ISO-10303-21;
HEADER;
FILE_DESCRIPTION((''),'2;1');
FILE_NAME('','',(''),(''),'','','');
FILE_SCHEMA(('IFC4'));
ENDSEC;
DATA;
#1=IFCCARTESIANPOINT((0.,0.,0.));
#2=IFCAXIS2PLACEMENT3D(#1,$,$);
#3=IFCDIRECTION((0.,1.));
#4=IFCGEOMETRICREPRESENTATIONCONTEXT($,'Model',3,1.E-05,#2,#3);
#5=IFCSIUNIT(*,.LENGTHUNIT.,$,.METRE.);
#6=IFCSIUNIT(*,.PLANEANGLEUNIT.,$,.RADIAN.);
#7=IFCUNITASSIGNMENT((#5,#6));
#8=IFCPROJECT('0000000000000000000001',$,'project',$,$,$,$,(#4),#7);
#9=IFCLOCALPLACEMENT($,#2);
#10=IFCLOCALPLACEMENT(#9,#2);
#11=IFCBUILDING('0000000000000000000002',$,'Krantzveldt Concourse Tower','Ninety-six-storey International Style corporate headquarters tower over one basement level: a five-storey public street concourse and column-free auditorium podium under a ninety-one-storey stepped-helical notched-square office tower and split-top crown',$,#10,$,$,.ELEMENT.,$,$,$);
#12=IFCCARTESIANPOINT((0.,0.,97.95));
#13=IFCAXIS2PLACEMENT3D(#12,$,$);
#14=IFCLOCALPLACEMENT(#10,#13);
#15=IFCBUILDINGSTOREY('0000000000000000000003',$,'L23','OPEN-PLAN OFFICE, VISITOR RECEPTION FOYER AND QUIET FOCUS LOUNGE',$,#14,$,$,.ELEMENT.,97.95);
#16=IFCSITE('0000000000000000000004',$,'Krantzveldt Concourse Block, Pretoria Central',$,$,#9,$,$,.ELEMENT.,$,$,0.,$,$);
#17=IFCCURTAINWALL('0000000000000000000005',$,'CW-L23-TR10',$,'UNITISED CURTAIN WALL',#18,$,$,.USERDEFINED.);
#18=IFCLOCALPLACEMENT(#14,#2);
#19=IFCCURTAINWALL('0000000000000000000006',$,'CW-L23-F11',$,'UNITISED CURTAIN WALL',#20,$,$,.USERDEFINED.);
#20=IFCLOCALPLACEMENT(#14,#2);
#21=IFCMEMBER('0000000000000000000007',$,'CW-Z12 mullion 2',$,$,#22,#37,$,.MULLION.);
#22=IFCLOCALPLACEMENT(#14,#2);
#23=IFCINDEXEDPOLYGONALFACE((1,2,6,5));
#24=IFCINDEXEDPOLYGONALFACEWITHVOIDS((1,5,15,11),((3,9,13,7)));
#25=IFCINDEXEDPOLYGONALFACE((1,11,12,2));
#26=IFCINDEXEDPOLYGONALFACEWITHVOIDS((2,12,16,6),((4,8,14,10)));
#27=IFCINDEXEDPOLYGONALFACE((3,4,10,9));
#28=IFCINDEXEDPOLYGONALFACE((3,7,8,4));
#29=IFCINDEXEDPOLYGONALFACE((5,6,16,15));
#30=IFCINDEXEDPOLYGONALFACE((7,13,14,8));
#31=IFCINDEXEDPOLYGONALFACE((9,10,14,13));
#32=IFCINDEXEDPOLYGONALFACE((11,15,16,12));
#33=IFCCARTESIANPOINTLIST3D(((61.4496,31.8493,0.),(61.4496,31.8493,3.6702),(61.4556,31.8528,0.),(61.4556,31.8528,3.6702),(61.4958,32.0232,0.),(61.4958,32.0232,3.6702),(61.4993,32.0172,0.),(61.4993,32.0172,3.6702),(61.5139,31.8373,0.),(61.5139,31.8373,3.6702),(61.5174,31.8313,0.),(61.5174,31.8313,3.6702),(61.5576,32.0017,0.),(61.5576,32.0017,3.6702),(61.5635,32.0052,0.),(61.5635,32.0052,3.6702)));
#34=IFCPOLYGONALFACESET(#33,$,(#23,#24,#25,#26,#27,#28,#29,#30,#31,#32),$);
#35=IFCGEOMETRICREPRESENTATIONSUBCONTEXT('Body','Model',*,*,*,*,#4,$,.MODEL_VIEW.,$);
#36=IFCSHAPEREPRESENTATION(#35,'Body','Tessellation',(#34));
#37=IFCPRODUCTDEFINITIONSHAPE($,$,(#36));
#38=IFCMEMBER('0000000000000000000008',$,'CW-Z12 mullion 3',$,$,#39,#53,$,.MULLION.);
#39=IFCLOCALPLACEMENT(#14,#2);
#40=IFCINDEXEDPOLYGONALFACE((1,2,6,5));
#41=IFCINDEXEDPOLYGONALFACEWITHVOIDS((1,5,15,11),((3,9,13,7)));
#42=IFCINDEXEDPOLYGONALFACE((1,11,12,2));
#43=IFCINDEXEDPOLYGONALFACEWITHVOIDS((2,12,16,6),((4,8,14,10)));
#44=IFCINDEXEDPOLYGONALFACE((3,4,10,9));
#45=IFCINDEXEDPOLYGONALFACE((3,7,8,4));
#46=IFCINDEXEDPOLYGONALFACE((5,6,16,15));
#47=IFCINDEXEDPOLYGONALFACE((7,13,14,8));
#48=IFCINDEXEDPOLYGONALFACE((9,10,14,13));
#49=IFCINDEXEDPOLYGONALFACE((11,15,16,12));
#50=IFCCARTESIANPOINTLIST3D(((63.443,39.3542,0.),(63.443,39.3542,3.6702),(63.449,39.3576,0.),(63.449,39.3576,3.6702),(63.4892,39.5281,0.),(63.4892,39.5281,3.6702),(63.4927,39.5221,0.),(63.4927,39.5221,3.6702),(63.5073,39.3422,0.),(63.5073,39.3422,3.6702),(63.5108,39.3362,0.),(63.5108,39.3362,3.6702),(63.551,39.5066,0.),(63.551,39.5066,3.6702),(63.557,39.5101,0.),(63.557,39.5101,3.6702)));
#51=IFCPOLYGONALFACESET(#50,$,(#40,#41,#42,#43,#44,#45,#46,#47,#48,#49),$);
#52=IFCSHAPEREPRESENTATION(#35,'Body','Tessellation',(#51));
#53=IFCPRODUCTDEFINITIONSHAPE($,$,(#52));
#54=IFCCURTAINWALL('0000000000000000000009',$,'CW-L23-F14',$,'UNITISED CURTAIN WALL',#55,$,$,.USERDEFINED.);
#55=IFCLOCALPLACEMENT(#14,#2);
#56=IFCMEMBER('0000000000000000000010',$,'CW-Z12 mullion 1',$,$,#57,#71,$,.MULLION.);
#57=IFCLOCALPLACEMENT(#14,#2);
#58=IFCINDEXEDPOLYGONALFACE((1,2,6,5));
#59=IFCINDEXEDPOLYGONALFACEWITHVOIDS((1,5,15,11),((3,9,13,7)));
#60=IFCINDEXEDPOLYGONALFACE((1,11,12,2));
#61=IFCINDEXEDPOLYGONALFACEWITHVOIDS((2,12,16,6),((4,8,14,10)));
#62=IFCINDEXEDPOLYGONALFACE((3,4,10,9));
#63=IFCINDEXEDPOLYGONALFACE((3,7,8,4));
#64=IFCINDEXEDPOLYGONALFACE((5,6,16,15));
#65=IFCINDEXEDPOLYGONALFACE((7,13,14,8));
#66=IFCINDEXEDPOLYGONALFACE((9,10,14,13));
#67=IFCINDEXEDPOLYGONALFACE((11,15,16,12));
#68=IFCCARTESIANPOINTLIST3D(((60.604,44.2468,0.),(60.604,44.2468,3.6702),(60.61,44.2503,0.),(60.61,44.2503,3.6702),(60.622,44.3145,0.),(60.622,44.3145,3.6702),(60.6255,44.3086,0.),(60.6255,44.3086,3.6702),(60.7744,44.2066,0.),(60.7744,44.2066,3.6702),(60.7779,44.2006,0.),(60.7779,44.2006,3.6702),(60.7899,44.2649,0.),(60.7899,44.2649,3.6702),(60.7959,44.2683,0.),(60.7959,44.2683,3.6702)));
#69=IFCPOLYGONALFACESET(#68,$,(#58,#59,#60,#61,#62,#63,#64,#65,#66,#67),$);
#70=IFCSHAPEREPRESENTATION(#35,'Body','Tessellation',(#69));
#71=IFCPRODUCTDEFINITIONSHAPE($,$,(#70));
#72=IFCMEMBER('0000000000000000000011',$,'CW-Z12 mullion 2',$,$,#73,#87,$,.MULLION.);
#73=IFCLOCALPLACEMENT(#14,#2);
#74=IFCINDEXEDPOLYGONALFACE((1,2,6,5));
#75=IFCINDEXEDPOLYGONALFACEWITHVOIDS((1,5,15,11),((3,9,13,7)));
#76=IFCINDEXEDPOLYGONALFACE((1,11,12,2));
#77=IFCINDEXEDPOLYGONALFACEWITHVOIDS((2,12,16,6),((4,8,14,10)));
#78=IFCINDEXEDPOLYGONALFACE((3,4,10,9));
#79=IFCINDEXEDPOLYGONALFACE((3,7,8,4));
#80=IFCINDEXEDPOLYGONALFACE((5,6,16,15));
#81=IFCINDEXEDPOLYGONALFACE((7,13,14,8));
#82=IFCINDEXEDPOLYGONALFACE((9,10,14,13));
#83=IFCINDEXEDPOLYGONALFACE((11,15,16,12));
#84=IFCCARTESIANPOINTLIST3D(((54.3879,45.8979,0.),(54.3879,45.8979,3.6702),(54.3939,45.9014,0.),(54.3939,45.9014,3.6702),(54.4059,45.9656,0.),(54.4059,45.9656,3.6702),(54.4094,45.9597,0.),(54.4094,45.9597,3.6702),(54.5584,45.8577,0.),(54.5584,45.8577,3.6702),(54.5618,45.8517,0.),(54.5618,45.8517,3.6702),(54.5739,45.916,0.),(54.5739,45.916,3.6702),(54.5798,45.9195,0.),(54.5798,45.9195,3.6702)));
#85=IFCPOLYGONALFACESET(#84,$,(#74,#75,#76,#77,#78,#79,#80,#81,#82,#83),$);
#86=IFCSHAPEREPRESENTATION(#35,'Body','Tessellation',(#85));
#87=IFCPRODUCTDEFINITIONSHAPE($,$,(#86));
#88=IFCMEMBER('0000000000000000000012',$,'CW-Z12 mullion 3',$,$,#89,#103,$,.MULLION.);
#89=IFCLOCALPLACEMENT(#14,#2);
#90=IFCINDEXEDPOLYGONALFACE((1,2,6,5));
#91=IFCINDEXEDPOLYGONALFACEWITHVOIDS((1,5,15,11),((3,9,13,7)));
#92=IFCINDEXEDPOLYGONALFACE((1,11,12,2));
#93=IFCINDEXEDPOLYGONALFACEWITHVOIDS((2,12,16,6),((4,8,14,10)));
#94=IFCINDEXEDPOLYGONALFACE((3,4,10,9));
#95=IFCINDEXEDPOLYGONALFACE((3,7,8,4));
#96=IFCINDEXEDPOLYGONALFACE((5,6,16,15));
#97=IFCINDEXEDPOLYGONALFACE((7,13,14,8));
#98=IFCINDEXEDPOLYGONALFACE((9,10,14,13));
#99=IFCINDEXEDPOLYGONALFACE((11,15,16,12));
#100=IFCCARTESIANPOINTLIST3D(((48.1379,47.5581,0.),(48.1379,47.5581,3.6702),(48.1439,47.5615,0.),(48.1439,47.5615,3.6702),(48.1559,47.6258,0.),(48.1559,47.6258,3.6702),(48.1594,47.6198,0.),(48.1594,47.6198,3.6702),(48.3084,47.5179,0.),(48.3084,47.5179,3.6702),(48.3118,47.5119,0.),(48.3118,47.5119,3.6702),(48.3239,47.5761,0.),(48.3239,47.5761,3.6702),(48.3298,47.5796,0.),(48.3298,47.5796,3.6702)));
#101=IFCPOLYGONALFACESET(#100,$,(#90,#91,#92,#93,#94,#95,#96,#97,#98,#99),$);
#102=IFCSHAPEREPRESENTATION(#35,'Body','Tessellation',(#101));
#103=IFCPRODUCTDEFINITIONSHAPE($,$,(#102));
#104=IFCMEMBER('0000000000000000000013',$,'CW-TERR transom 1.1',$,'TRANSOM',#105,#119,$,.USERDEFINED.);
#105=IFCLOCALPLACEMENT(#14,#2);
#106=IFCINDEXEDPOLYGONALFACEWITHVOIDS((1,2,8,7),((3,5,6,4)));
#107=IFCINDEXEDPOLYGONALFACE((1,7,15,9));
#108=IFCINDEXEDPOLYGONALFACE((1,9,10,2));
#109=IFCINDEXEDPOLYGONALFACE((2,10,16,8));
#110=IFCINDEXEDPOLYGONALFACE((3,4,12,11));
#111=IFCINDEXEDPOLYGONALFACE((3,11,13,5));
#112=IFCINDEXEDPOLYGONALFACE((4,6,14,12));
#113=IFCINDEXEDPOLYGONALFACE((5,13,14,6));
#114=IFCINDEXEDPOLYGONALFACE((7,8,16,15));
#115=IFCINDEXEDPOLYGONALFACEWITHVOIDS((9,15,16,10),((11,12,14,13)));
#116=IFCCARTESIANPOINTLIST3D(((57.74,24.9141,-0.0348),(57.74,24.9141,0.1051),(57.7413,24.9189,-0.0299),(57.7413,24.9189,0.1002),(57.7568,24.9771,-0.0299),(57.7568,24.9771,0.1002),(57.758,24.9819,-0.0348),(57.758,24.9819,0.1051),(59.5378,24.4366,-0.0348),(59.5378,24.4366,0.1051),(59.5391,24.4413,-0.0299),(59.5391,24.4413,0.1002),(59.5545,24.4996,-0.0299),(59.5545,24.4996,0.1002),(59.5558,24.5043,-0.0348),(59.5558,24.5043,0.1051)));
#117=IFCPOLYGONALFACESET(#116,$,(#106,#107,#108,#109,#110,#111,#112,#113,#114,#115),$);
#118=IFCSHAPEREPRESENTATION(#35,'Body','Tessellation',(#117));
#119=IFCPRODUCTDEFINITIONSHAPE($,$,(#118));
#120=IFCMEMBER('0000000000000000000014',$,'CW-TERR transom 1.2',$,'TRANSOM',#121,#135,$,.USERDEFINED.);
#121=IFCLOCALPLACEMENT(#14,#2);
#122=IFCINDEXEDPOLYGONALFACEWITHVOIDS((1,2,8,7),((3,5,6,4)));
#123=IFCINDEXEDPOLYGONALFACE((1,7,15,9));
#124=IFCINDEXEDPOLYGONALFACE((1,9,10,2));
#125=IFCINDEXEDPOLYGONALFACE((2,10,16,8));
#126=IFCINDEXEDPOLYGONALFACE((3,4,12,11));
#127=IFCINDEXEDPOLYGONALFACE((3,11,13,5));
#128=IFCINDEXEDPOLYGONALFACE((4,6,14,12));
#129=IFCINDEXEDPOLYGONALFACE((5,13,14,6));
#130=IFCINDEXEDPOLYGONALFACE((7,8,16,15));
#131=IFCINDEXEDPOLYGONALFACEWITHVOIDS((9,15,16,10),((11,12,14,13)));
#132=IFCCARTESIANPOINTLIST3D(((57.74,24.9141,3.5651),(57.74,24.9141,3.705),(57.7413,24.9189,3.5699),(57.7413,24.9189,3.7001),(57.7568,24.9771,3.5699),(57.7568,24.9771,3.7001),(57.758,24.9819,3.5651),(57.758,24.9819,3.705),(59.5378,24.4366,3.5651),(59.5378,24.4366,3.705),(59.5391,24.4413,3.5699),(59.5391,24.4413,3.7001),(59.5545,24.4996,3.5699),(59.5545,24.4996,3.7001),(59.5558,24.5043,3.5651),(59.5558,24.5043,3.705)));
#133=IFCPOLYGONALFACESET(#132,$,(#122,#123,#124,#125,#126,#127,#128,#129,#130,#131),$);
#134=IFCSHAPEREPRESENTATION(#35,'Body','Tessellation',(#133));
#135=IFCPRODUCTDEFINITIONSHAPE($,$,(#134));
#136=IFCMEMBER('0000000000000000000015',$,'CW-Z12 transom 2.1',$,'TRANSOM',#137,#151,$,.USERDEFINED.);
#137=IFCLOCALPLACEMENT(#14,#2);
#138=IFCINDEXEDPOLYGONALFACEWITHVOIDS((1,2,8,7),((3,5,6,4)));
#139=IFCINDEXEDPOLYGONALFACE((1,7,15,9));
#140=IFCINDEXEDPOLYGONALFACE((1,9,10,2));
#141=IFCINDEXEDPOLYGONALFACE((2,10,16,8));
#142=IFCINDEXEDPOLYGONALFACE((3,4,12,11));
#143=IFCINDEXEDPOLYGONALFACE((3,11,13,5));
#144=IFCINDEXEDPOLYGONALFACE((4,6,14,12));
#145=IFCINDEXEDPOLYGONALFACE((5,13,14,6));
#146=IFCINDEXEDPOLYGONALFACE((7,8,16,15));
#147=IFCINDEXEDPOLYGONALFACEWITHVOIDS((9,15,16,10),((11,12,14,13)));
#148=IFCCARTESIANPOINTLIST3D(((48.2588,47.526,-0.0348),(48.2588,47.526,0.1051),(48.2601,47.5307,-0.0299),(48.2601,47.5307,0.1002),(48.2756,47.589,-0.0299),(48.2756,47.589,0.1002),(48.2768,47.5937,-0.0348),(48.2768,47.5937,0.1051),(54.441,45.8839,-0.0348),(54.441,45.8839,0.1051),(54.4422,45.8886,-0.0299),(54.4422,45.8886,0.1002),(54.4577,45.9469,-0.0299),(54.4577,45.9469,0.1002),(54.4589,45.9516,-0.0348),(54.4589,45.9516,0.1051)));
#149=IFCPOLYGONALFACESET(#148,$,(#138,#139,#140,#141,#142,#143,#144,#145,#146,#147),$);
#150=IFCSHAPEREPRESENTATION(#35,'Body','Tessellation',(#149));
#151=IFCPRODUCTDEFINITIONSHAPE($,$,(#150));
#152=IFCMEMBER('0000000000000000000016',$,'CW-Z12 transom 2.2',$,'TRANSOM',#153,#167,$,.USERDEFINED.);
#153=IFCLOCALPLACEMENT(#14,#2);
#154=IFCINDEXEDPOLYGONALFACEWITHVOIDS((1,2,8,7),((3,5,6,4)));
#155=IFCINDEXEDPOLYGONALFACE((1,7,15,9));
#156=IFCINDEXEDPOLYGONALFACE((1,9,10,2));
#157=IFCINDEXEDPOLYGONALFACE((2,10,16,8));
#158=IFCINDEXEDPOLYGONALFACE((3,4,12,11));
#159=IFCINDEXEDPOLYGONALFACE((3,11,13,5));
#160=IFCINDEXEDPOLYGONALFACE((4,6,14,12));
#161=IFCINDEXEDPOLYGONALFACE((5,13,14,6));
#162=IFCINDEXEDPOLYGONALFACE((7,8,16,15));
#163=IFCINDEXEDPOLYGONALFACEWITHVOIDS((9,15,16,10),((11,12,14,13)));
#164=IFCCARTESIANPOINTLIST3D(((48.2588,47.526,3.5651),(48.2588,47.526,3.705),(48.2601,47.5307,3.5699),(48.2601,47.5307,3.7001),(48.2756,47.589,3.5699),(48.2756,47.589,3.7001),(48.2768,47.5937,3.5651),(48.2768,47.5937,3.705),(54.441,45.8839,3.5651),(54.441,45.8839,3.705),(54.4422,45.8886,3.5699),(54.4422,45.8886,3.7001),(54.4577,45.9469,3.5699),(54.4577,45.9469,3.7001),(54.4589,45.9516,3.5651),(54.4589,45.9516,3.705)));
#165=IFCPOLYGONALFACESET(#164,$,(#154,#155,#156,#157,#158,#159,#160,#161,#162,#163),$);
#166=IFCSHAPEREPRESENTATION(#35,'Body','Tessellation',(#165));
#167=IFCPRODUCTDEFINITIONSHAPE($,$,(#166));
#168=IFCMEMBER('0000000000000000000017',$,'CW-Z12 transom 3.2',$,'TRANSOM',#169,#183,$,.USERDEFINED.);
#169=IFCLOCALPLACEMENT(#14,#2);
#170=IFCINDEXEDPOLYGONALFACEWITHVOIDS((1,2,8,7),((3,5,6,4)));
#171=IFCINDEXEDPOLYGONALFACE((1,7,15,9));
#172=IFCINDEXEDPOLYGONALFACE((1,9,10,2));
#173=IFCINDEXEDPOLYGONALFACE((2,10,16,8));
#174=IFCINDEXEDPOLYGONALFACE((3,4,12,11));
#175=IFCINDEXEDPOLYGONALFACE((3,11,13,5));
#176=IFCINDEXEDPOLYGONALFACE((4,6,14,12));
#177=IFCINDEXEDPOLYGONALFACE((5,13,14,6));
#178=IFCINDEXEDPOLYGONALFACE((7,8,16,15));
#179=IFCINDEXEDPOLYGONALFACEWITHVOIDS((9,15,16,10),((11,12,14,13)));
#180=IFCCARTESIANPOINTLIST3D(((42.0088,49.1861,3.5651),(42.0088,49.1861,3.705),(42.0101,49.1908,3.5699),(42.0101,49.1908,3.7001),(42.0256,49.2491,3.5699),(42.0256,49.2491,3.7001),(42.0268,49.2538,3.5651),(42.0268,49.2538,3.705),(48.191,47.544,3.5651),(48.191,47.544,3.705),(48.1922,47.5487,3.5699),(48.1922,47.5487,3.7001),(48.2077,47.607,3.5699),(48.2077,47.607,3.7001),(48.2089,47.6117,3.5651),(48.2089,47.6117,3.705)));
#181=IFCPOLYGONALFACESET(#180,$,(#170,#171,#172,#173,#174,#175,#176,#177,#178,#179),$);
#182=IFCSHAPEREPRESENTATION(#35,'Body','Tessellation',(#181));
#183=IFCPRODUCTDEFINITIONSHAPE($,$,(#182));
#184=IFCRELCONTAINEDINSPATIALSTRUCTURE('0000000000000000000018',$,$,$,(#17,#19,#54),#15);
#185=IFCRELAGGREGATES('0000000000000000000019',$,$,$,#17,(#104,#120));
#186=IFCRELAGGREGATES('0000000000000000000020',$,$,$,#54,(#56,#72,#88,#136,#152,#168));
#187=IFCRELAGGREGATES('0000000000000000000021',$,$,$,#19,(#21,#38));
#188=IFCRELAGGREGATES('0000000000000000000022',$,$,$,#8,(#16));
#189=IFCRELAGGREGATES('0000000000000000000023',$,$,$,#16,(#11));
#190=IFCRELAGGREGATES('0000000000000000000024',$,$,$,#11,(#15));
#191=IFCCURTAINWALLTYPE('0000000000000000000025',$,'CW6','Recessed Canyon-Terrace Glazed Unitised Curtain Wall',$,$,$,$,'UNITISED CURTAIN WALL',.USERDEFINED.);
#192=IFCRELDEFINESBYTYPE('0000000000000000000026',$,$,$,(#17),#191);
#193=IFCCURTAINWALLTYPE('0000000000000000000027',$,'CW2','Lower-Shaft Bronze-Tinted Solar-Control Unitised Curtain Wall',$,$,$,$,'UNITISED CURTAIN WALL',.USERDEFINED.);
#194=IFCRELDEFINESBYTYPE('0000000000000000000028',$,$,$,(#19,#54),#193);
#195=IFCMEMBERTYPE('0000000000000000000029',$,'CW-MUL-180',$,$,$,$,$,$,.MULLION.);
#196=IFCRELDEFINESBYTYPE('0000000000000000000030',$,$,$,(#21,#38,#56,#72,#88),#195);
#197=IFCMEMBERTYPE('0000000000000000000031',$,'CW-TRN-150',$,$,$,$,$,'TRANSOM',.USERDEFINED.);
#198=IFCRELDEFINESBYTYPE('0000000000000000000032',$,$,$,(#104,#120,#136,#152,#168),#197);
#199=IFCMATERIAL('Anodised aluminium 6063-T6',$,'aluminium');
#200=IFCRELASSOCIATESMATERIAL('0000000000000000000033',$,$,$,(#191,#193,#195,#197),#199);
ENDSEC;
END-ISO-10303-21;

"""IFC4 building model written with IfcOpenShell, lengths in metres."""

from ifc_helpers import new_model, si_unit, direction, frame, origin, origin_2d, place, context, subcontext, project, spatial, hollow_rectangle, extrude, source, transform, mapped, material, material_profile, profile_set, type_object, type_shapes, element, aggregate, save


model = new_model("IFC4")

# Units and contexts
model_context = context("Model", 3, precision=1e-05, world=origin(), true_north=direction((0.0, 1.0)))
body_context = subcontext(model_context, "Body", "Model", "MODEL_VIEW")
ifc_project = project(units=[si_unit("LENGTHUNIT", "METRE"), si_unit("PLANEANGLEUNIT", "RADIAN")], contexts=[model_context])

# Site, building, storey
site_placement = place(None, origin())
site = spatial("IfcSite", under=ifc_project, at=site_placement, Name="Krantzveldt Concourse Block, Pretoria Central", CompositionType="ELEMENT", RefElevation=0.0)
building_placement = place(site_placement, origin())
building = spatial("IfcBuilding", under=site, at=building_placement, Name="Krantzveldt Concourse Tower", Description="Ninety-six-storey International Style corporate headquarters tower over one basement level: a five-storey public street concourse and column-free auditorium podium under a ninety-one-storey stepped-helical notched-square office tower and split-top crown", CompositionType="ELEMENT")
storey_placement = place(building_placement, frame((0.0, 0.0, 97.95)))
storey = spatial("IfcBuildingStorey", under=building, at=storey_placement, Name="L23", Description="OPEN-PLAN OFFICE, VISITOR RECEPTION FOYER AND QUIET FOCUS LOUNGE", CompositionType="ELEMENT", Elevation=97.95)

# Curtain walls, members
ifc_material_1 = material(Name="Anodised aluminium 6063-T6", Category="aluminium")
curtain_wall_type_1 = type_object("IfcCurtainWallType", Name="CW6", Description="Recessed Canyon-Terrace Glazed Unitised Curtain Wall", ElementType="UNITISED CURTAIN WALL", PredefinedType="USERDEFINED", material=ifc_material_1)
curtain_wall_1_placement = place(storey_placement, origin())
curtain_wall_1 = element("IfcCurtainWall", 1, at=curtain_wall_1_placement, inside=storey, type_object=curtain_wall_type_1, Name="CW-L23-TR10", ObjectType="UNITISED CURTAIN WALL", PredefinedType="USERDEFINED")
ifc_material_profile_1 = material_profile(ifc_material_1, hollow_rectangle(XDim=0.0701, YDim=0.1799, WallThickness=0.0049, at=origin_2d()), Name="Anodised aluminium 6063-T6", Category="aluminium")
ifc_profile_set_1 = profile_set([ifc_material_profile_1], Name="Anodised aluminium 6063-T6 - ALU-MULL 180x70x5")
member_type_1 = type_object("IfcMemberType", Name="CW-MUL-180", PredefinedType="MULLION", material=ifc_profile_set_1)
shared_shape_1 = source(origin(), body_context, "Body", "SweptSolid", [
    extrude(hollow_rectangle(XDim=0.0701, YDim=0.1799, WallThickness=0.0049, at=origin_2d()), origin(), (0.0, 0.0, 1.0), 3.6702),
])
type_shapes(member_type_1, [shared_shape_1])
curtain_wall_type_2 = type_object("IfcCurtainWallType", Name="CW2", Description="Lower-Shaft Bronze-Tinted Solar-Control Unitised Curtain Wall", ElementType="UNITISED CURTAIN WALL", PredefinedType="USERDEFINED", material=ifc_material_1)
curtain_wall_2_placement = place(storey_placement, origin())
curtain_wall_2 = element("IfcCurtainWall", 2, at=curtain_wall_2_placement, inside=storey, type_object=curtain_wall_type_2, Name="CW-L23-F11", ObjectType="UNITISED CURTAIN WALL", PredefinedType="USERDEFINED")
member_1_placement = place(storey_placement, frame((61.5066, 31.9272, 0.0), z_axis=(0.0, 0.0, 1.0), x_axis=(-0.966488, 0.256711, 0.0)))
member_1 = element("IfcMember", 3, at=member_1_placement, type_object=member_type_1, Name="CW-Z12 mullion 2", PredefinedType="MULLION", context=body_context, shape_type="MappedRepresentation", body=[
    mapped(shared_shape_1, transform((0.0, 0.0, 0.0), x_axis=(1.0, 0.0, 0.0), y_axis=(0.0, 1.0, 0.0), z_axis=(0.0, 0.0, 1.0), scale=1.0)),
])
member_2_placement = place(storey_placement, frame((63.5, 39.4321, 0.0), z_axis=(0.0, 0.0, 1.0), x_axis=(-0.966488, 0.256711, 0.0)))
member_2 = element("IfcMember", 4, at=member_2_placement, type_object=member_type_1, Name="CW-Z12 mullion 3", PredefinedType="MULLION", context=body_context, shape_type="MappedRepresentation", body=[
    mapped(shared_shape_1, transform((0.0, 0.0, 0.0), x_axis=(1.0, 0.0, 0.0), y_axis=(0.0, 1.0, 0.0), z_axis=(0.0, 0.0, 1.0), scale=1.0)),
])
curtain_wall_3_placement = place(storey_placement, origin())
curtain_wall_3 = element("IfcCurtainWall", 5, at=curtain_wall_3_placement, inside=storey, type_object=curtain_wall_type_2, Name="CW-L23-F14", ObjectType="UNITISED CURTAIN WALL", PredefinedType="USERDEFINED")
member_3_placement = place(storey_placement, frame((60.7, 44.2576, 0.0), z_axis=(0.0, 0.0, 1.0), x_axis=(-0.256711, -0.966488, 0.0)))
member_3 = element("IfcMember", 6, at=member_3_placement, type_object=member_type_1, Name="CW-Z12 mullion 1", PredefinedType="MULLION", context=body_context, shape_type="MappedRepresentation", body=[
    mapped(shared_shape_1, transform((0.0, 0.0, 0.0), x_axis=(1.0, 0.0, 0.0), y_axis=(0.0, 1.0, 0.0), z_axis=(0.0, 0.0, 1.0), scale=1.0)),
])
member_4_placement = place(storey_placement, frame((54.4839, 45.9087, 0.0), z_axis=(0.0, 0.0, 1.0), x_axis=(-0.256711, -0.966488, 0.0)))
member_4 = element("IfcMember", 7, at=member_4_placement, type_object=member_type_1, Name="CW-Z12 mullion 2", PredefinedType="MULLION", context=body_context, shape_type="MappedRepresentation", body=[
    mapped(shared_shape_1, transform((0.0, 0.0, 0.0), x_axis=(1.0, 0.0, 0.0), y_axis=(0.0, 1.0, 0.0), z_axis=(0.0, 0.0, 1.0), scale=1.0)),
])
member_5_placement = place(storey_placement, frame((48.2339, 47.5688, 0.0), z_axis=(0.0, 0.0, 1.0), x_axis=(-0.256711, -0.966488, 0.0)))
member_5 = element("IfcMember", 8, at=member_5_placement, type_object=member_type_1, Name="CW-Z12 mullion 3", PredefinedType="MULLION", context=body_context, shape_type="MappedRepresentation", body=[
    mapped(shared_shape_1, transform((0.0, 0.0, 0.0), x_axis=(1.0, 0.0, 0.0), y_axis=(0.0, 1.0, 0.0), z_axis=(0.0, 0.0, 1.0), scale=1.0)),
])

# Members
ifc_material_profile_2 = material_profile(ifc_material_1, hollow_rectangle(XDim=0.0701, YDim=0.1399, WallThickness=0.0049, at=origin_2d()), Name="Anodised aluminium 6063-T6", Category="aluminium")
ifc_profile_set_2 = profile_set([ifc_material_profile_2], Name="Anodised aluminium 6063-T6 - ALU-TRAN 140x70x5")
member_type_2 = type_object("IfcMemberType", Name="CW-TRN-150", ElementType="TRANSOM", PredefinedType="USERDEFINED", material=ifc_profile_set_2)
shared_shape_2 = source(origin(), body_context, "Body", "SweptSolid", [
    extrude(hollow_rectangle(XDim=0.0701, YDim=0.1399, WallThickness=0.0049, at=origin_2d()), origin(), (0.0, 0.0, 1.0), 1.8601),
])
member_6_placement = place(storey_placement, frame((57.749, 24.948, 0.0352), z_axis=(0.966487, -0.256715, 0.0), x_axis=(0.256715, 0.966487, 0.0)))
member_6 = element("IfcMember", 9, at=member_6_placement, type_object=member_type_2, Name="CW-TERR transom 1.1", ObjectType="TRANSOM", PredefinedType="USERDEFINED", context=body_context, shape_type="MappedRepresentation", body=[
    mapped(shared_shape_2, transform((0.0, 0.0, 0.0), x_axis=(1.0, 0.0, 0.0), y_axis=(0.0, 1.0, 0.0), z_axis=(0.0, 0.0, 1.0), scale=1.0)),
])
member_7_placement = place(storey_placement, frame((57.749, 24.948, 3.635), z_axis=(0.966487, -0.256715, 0.0), x_axis=(0.256715, 0.966487, 0.0)))
member_7 = element("IfcMember", 10, at=member_7_placement, type_object=member_type_2, Name="CW-TERR transom 1.2", ObjectType="TRANSOM", PredefinedType="USERDEFINED", context=body_context, shape_type="MappedRepresentation", body=[
    mapped(shared_shape_2, transform((0.0, 0.0, 0.0), x_axis=(1.0, 0.0, 0.0), y_axis=(0.0, 1.0, 0.0), z_axis=(0.0, 0.0, 1.0), scale=1.0)),
])
shared_shape_3 = source(origin(), body_context, "Body", "SweptSolid", [
    extrude(hollow_rectangle(XDim=0.0701, YDim=0.1399, WallThickness=0.0049, at=origin_2d()), origin(), (0.0, 0.0, 1.0), 6.3965),
])
member_8_placement = place(storey_placement, frame((54.45, 45.9177, 0.0352), z_axis=(-0.966487, 0.256717, 0.0), x_axis=(-0.256717, -0.966487, 0.0)))
member_8 = element("IfcMember", 11, at=member_8_placement, type_object=member_type_2, Name="CW-Z12 transom 2.1", ObjectType="TRANSOM", PredefinedType="USERDEFINED", context=body_context, shape_type="MappedRepresentation", body=[
    mapped(shared_shape_3, transform((0.0, 0.0, 0.0), x_axis=(1.0, 0.0, 0.0), y_axis=(0.0, 1.0, 0.0), z_axis=(0.0, 0.0, 1.0), scale=1.0)),
])
member_9_placement = place(storey_placement, frame((54.45, 45.9177, 3.635), z_axis=(-0.966487, 0.256717, 0.0), x_axis=(-0.256717, -0.966487, 0.0)))
member_9 = element("IfcMember", 12, at=member_9_placement, type_object=member_type_2, Name="CW-Z12 transom 2.2", ObjectType="TRANSOM", PredefinedType="USERDEFINED", context=body_context, shape_type="MappedRepresentation", body=[
    mapped(shared_shape_3, transform((0.0, 0.0, 0.0), x_axis=(1.0, 0.0, 0.0), y_axis=(0.0, 1.0, 0.0), z_axis=(0.0, 0.0, 1.0), scale=1.0)),
])
member_10_placement = place(storey_placement, frame((48.2, 47.5779, 3.635), z_axis=(-0.966487, 0.256717, 0.0), x_axis=(-0.256717, -0.966487, 0.0)))
member_10 = element("IfcMember", 13, at=member_10_placement, type_object=member_type_2, Name="CW-Z12 transom 3.2", ObjectType="TRANSOM", PredefinedType="USERDEFINED", context=body_context, shape_type="MappedRepresentation", body=[
    mapped(shared_shape_3, transform((0.0, 0.0, 0.0), x_axis=(1.0, 0.0, 0.0), y_axis=(0.0, 1.0, 0.0), z_axis=(0.0, 0.0, 1.0), scale=1.0)),
])

aggregate(curtain_wall_1, [member_6, member_7])
aggregate(curtain_wall_3, [member_3, member_4, member_5, member_8, member_9, member_10])
aggregate(curtain_wall_2, [member_1, member_2])

save(model, "model.ifc")
